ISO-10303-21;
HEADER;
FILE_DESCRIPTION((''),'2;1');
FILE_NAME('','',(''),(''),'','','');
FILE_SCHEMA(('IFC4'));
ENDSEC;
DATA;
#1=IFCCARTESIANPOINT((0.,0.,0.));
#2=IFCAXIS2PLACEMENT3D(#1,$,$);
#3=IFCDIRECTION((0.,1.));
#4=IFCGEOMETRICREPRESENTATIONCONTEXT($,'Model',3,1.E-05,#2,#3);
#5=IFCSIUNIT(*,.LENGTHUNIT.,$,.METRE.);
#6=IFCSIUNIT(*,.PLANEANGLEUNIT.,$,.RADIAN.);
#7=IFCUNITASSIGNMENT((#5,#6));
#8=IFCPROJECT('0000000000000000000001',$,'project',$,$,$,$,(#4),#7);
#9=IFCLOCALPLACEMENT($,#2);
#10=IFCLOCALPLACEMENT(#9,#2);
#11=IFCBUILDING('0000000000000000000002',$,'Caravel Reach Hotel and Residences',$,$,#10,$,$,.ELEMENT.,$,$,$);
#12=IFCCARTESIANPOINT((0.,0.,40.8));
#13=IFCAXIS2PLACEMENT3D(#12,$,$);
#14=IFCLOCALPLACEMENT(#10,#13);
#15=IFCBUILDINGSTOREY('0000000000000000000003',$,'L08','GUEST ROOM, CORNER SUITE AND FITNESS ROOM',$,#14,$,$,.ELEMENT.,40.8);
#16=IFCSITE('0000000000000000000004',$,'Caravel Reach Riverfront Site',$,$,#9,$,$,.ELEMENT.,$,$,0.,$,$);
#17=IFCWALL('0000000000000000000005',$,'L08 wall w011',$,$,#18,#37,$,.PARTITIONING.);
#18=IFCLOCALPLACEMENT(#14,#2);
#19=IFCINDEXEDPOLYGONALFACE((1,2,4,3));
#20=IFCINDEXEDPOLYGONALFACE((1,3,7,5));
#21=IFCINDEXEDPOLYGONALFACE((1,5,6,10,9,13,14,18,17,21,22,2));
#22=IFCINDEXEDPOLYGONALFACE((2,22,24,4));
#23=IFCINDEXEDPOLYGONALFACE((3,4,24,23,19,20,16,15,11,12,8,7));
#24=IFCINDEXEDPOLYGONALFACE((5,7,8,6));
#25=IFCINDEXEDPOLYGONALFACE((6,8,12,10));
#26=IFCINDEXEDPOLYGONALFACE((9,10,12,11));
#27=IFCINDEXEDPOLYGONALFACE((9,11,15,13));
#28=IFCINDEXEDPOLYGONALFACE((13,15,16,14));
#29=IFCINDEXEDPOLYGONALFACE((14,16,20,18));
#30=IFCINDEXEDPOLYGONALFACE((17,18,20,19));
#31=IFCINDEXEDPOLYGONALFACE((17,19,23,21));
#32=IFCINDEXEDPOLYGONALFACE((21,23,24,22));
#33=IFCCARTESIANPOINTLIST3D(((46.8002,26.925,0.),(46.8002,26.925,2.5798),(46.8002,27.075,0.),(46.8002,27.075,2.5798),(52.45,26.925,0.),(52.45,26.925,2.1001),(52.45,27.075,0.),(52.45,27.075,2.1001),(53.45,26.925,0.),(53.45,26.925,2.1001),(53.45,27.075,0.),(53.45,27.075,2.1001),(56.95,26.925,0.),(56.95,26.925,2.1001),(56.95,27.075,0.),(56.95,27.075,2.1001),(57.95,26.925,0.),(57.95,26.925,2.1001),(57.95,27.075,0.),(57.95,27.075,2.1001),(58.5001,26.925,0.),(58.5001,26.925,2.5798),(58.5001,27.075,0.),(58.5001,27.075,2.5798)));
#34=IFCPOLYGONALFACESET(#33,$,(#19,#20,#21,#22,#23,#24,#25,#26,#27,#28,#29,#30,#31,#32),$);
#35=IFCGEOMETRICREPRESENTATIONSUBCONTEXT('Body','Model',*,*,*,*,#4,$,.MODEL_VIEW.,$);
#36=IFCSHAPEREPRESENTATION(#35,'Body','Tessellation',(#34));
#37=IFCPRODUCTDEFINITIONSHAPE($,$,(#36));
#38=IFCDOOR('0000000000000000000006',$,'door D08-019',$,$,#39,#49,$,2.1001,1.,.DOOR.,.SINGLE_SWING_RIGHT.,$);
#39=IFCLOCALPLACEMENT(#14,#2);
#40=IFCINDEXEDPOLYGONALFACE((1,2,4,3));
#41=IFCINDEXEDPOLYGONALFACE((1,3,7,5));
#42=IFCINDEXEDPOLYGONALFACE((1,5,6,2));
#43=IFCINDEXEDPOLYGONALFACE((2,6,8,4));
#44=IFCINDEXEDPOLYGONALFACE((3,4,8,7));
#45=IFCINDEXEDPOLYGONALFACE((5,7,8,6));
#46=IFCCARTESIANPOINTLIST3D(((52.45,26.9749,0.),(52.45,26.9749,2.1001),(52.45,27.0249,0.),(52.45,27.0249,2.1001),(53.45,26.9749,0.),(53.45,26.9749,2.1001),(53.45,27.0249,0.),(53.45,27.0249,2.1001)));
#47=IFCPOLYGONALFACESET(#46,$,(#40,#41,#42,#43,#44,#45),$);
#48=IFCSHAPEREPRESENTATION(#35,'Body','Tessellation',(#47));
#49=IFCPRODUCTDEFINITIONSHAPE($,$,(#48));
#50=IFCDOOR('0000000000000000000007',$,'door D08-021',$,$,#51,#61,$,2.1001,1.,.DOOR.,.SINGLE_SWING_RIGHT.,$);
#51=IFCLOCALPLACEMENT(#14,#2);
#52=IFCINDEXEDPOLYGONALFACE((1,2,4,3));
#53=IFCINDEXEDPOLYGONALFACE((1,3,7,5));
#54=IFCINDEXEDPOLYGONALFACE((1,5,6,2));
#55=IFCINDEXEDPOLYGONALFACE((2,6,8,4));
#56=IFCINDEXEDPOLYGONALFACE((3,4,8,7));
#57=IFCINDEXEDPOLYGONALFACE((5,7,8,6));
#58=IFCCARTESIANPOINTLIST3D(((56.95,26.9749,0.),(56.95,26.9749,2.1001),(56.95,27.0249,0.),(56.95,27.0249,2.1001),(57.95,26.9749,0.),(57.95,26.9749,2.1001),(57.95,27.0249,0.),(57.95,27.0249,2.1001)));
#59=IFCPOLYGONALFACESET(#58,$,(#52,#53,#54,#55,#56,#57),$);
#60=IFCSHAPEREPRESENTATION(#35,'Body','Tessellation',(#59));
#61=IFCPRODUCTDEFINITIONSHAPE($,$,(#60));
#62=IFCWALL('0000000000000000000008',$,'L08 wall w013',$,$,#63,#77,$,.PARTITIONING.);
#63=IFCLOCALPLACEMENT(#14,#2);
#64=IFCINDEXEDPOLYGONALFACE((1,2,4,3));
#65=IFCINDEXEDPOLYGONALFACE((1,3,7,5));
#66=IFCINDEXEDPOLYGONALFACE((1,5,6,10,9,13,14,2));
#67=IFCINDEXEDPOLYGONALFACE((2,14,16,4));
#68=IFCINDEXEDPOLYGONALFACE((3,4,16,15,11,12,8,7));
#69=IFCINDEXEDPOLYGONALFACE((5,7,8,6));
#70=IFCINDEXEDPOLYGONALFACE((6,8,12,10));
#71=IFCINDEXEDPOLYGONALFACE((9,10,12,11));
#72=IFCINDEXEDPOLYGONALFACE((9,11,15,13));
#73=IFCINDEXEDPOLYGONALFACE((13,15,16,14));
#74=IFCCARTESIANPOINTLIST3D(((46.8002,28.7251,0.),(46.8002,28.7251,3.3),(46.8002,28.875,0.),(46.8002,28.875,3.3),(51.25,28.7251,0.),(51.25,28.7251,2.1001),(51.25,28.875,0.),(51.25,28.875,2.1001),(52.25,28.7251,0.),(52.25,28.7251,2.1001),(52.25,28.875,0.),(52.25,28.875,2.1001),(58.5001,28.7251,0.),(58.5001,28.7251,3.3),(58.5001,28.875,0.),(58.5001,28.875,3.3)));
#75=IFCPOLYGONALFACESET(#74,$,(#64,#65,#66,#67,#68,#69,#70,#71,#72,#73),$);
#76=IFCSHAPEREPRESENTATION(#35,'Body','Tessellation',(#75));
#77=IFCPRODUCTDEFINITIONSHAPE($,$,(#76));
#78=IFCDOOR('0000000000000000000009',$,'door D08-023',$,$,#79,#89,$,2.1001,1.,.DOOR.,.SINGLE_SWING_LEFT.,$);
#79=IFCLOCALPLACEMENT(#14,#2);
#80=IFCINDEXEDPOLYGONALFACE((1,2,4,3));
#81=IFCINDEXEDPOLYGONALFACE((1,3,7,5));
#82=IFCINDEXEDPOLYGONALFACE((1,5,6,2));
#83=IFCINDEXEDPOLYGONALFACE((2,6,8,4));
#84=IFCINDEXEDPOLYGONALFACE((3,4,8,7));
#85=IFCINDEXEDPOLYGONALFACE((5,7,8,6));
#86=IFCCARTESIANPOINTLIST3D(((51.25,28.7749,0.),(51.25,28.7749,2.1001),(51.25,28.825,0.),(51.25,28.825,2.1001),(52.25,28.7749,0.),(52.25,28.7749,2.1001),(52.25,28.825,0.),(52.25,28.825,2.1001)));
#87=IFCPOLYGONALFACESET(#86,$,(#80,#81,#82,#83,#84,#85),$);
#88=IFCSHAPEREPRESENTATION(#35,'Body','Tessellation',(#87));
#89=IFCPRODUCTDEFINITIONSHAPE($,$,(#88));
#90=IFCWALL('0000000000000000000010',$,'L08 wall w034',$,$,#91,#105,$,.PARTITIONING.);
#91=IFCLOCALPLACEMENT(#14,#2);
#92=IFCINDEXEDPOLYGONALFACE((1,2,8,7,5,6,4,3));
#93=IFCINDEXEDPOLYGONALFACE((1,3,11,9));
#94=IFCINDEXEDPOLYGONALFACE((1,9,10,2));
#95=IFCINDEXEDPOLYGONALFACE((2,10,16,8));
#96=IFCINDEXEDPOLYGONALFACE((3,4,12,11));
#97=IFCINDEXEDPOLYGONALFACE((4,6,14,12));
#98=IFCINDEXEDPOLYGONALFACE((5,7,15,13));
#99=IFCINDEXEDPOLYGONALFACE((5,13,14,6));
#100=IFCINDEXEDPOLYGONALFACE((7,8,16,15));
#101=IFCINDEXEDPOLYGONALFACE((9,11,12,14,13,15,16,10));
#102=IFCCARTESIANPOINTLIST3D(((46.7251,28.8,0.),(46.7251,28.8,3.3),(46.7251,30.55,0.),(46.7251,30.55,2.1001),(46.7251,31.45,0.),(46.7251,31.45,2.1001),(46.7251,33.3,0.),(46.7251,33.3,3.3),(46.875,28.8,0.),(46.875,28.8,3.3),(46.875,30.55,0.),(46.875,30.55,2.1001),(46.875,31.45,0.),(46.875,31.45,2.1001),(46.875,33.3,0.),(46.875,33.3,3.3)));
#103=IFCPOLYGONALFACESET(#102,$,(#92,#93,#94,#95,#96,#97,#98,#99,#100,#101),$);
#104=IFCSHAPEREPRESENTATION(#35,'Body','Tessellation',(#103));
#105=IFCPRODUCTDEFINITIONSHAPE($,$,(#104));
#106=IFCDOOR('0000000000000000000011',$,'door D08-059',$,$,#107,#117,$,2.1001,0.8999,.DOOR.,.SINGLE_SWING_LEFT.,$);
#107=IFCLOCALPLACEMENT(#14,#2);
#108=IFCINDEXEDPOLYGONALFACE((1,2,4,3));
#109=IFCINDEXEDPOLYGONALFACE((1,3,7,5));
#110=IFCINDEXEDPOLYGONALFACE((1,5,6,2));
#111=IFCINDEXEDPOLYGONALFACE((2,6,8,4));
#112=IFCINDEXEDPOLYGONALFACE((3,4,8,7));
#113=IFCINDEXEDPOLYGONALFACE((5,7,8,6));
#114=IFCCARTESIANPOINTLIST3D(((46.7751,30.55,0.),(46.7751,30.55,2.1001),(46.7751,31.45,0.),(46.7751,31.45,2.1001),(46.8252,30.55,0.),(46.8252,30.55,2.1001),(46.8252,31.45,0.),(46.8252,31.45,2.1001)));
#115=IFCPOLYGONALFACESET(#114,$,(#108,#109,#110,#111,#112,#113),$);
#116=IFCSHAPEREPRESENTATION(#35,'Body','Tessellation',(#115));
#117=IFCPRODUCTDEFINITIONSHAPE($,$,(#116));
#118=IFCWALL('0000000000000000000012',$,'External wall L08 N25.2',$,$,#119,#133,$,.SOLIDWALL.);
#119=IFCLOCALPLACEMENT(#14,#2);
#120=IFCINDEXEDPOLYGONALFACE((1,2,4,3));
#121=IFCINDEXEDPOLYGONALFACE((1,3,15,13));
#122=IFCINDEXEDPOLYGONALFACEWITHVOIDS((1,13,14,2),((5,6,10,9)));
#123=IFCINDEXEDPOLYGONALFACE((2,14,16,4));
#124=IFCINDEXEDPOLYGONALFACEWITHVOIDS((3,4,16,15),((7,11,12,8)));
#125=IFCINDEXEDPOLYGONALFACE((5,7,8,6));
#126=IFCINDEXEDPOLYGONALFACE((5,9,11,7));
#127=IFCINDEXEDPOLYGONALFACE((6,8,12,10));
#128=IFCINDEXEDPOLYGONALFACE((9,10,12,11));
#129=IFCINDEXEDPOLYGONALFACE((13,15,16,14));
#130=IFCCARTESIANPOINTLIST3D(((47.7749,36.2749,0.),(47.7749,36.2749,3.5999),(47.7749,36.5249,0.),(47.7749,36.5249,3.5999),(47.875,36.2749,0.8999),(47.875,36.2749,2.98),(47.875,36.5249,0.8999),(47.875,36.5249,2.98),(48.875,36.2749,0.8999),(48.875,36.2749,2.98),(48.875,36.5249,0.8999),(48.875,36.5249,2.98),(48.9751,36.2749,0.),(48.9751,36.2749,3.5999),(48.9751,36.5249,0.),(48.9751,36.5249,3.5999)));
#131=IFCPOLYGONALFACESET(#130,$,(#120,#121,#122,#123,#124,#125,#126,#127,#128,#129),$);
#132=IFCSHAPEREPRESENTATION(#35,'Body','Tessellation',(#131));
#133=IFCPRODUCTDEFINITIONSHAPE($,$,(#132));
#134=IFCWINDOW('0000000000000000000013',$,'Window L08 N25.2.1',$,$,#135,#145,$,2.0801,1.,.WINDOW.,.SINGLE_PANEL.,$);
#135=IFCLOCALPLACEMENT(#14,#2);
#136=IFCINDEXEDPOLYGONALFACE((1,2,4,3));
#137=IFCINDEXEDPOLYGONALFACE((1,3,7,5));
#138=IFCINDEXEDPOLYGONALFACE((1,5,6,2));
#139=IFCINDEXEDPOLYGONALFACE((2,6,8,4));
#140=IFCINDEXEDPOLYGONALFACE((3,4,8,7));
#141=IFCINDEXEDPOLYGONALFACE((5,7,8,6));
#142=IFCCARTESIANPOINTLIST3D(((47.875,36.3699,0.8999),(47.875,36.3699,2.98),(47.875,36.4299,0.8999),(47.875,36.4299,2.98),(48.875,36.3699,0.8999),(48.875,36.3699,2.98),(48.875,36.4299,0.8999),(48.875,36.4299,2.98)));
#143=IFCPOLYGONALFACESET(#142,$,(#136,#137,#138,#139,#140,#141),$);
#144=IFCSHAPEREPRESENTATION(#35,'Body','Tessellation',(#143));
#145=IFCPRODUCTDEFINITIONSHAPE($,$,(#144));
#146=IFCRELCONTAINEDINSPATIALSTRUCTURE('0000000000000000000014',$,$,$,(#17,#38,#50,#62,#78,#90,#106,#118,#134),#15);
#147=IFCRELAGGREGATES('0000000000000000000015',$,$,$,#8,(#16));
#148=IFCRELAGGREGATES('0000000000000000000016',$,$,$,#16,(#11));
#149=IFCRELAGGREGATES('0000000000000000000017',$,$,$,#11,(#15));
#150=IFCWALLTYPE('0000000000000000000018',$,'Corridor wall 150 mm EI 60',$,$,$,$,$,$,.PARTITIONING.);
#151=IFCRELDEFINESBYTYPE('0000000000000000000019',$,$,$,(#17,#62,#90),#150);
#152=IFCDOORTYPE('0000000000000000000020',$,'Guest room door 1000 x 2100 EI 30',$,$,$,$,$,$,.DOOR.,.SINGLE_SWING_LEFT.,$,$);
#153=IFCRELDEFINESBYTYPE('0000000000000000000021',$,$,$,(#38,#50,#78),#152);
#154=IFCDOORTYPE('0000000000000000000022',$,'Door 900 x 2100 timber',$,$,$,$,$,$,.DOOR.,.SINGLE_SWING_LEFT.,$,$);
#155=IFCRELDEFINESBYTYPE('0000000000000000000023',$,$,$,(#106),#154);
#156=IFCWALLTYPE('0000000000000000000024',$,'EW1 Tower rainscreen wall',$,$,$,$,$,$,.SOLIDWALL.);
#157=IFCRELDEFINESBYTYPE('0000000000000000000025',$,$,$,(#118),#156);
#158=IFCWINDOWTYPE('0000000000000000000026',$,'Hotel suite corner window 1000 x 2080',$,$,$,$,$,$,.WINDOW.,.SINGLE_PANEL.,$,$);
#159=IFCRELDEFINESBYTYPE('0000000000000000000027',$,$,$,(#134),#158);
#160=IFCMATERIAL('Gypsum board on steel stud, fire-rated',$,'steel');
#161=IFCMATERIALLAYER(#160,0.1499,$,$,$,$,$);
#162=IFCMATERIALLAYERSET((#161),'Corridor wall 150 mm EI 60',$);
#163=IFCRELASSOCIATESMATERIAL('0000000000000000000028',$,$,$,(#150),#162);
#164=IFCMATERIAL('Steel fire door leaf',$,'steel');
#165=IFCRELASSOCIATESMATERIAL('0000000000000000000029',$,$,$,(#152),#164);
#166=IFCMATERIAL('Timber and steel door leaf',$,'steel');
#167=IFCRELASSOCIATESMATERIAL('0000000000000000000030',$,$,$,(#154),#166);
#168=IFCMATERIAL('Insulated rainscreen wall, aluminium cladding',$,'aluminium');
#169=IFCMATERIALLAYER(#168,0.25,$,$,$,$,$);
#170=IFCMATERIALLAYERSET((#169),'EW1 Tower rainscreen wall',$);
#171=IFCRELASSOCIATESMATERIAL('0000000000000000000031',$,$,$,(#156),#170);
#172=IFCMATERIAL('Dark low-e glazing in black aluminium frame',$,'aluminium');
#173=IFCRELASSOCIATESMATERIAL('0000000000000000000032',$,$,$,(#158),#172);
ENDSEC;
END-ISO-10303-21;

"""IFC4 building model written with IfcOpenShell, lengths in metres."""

from ifc_helpers import new_model, si_unit, direction, frame, frame_2d, origin, place, context, subcontext, project, spatial, rectangle, extrude, material, layer, layer_set, type_object, element, fill, save


model = new_model("IFC4")

# Units and contexts
model_context = context("Model", 3, precision=1e-05, world=origin(), true_north=direction((0.0, 1.0)))
body_context = subcontext(model_context, "Body", "Model", "MODEL_VIEW")
ifc_project = project(units=[si_unit("LENGTHUNIT", "METRE"), si_unit("PLANEANGLEUNIT", "RADIAN")], contexts=[model_context])

# Site, building, storey
site_placement = place(None, origin())
site = spatial("IfcSite", under=ifc_project, at=site_placement, Name="Caravel Reach Riverfront Site", CompositionType="ELEMENT", RefElevation=0.0)
building_placement = place(site_placement, origin())
building = spatial("IfcBuilding", under=site, at=building_placement, Name="Caravel Reach Hotel and Residences", CompositionType="ELEMENT")
storey_placement = place(building_placement, frame((0.0, 0.0, 40.8)))
storey = spatial("IfcBuildingStorey", under=building, at=storey_placement, Name="L08", Description="GUEST ROOM, CORNER SUITE AND FITNESS ROOM", CompositionType="ELEMENT", Elevation=40.8)

# Wall, openings, doors
ifc_material_1 = material(Name="Gypsum board on steel stud, fire-rated", Category="steel")
ifc_layer_1 = layer(ifc_material_1, 0.1499)
ifc_layer_set_1 = layer_set([ifc_layer_1], Name="Corridor wall 150 mm EI 60")
wall_type_1 = type_object("IfcWallType", Name="Corridor wall 150 mm EI 60", PredefinedType="PARTITIONING", material=ifc_layer_set_1)
wall_1_placement = place(storey_placement, frame((46.8, 27.0, 0.0), z_axis=(0.0, 0.0, 1.0), x_axis=(1.0, 0.0, 0.0)))
wall_1 = element("IfcWall", 1, at=wall_1_placement, inside=storey, type_object=wall_type_1, Name="L08 wall w011", PredefinedType="PARTITIONING", context=body_context, shape_type="SweptSolid", body=[
    extrude(rectangle(XDim=11.7, YDim=0.1499, at=frame_2d((5.8501, 0.0))), origin(), (0.0, 0.0, 1.0), 2.5798),
])
opening_1_placement = place(wall_1_placement, frame((5.6499, 0.0, 0.0)))
opening_1 = element("IfcOpeningElement", 2, at=opening_1_placement, cuts=wall_1, PredefinedType="OPENING", context=body_context, shape_type="SweptSolid", body=[
    extrude(rectangle(XDim=1.0, YDim=2.1001, at=frame_2d((0.5, 1.05))), frame((0.0, 0.085, 0.0), z_axis=(0.0, -1.0, 0.0), x_axis=(1.0, 0.0, 0.0)), (0.0, 0.0, 1.0), 0.1699),
])
opening_2_placement = place(wall_1_placement, frame((10.1499, 0.0, 0.0)))
opening_2 = element("IfcOpeningElement", 3, at=opening_2_placement, cuts=wall_1, PredefinedType="OPENING", context=body_context, shape_type="SweptSolid", body=[
    extrude(rectangle(XDim=1.0, YDim=2.1001, at=frame_2d((0.5, 1.05))), frame((0.0, 0.085, 0.0), z_axis=(0.0, -1.0, 0.0), x_axis=(1.0, 0.0, 0.0)), (0.0, 0.0, 1.0), 0.1699),
])
ifc_material_2 = material(Name="Steel fire door leaf", Category="steel")
door_type_1 = type_object("IfcDoorType", Name="Guest room door 1000 x 2100 EI 30", OperationType="SINGLE_SWING_LEFT", PredefinedType="DOOR", material=ifc_material_2)
door_1_placement = place(opening_1_placement, origin())
door_1 = element("IfcDoor", 4, at=door_1_placement, inside=storey, type_object=door_type_1, Name="door D08-019", OperationType="SINGLE_SWING_RIGHT", OverallHeight=2.1001, OverallWidth=1.0, PredefinedType="DOOR", context=body_context, shape_type="SweptSolid", body=[
    extrude(rectangle(XDim=1.0, YDim=2.1001, at=frame_2d((0.5, 1.05))), frame((0.0, 0.0249, 0.0), z_axis=(0.0, -1.0, 0.0), x_axis=(1.0, 0.0, 0.0)), (0.0, 0.0, 1.0), 0.05),
])
fill(opening_1, door_1)
door_2_placement = place(opening_2_placement, origin())
door_2 = element("IfcDoor", 5, at=door_2_placement, inside=storey, type_object=door_type_1, Name="door D08-021", OperationType="SINGLE_SWING_RIGHT", OverallHeight=2.1001, OverallWidth=1.0, PredefinedType="DOOR", context=body_context, shape_type="SweptSolid", body=[
    extrude(rectangle(XDim=1.0, YDim=2.1001, at=frame_2d((0.5, 1.05))), frame((0.0, 0.0249, 0.0), z_axis=(0.0, -1.0, 0.0), x_axis=(1.0, 0.0, 0.0)), (0.0, 0.0, 1.0), 0.05),
])
fill(opening_2, door_2)

# Walls, openings, doors
wall_2_placement = place(storey_placement, frame((46.8, 28.8, 0.0), z_axis=(0.0, 0.0, 1.0), x_axis=(1.0, 0.0, 0.0)))
wall_2 = element("IfcWall", 6, at=wall_2_placement, inside=storey, type_object=wall_type_1, Name="L08 wall w013", PredefinedType="PARTITIONING", context=body_context, shape_type="SweptSolid", body=[
    extrude(rectangle(XDim=11.7, YDim=0.1499, at=frame_2d((5.8501, 0.0))), origin(), (0.0, 0.0, 1.0), 3.3),
])
opening_3_placement = place(wall_2_placement, frame((4.45, 0.0, 0.0)))
opening_3 = element("IfcOpeningElement", 7, at=opening_3_placement, cuts=wall_2, PredefinedType="OPENING", context=body_context, shape_type="SweptSolid", body=[
    extrude(rectangle(XDim=1.0, YDim=2.1001, at=frame_2d((0.5, 1.05))), frame((0.0, 0.085, 0.0), z_axis=(0.0, -1.0, 0.0), x_axis=(1.0, 0.0, 0.0)), (0.0, 0.0, 1.0), 0.1699),
])
door_3_placement = place(opening_3_placement, origin())
door_3 = element("IfcDoor", 8, at=door_3_placement, inside=storey, type_object=door_type_1, Name="door D08-023", OperationType="SINGLE_SWING_LEFT", OverallHeight=2.1001, OverallWidth=1.0, PredefinedType="DOOR", context=body_context, shape_type="SweptSolid", body=[
    extrude(rectangle(XDim=1.0, YDim=2.1001, at=frame_2d((0.5, 1.05))), frame((0.0, 0.0249, 0.0), z_axis=(0.0, -1.0, 0.0), x_axis=(1.0, 0.0, 0.0)), (0.0, 0.0, 1.0), 0.05),
])
fill(opening_3, door_3)
wall_3_placement = place(storey_placement, frame((46.8, 28.8, 0.0), z_axis=(0.0, 0.0, 1.0), x_axis=(0.0, 1.0, 0.0)))
wall_3 = element("IfcWall", 9, at=wall_3_placement, inside=storey, type_object=wall_type_1, Name="L08 wall w034", PredefinedType="PARTITIONING", context=body_context, shape_type="SweptSolid", body=[
    extrude(rectangle(XDim=4.5, YDim=0.1499, at=frame_2d((2.25, 0.0))), origin(), (0.0, 0.0, 1.0), 3.3),
])
opening_4_placement = place(wall_3_placement, frame((1.75, 0.0, 0.0)))
opening_4 = element("IfcOpeningElement", 10, at=opening_4_placement, cuts=wall_3, PredefinedType="OPENING", context=body_context, shape_type="SweptSolid", body=[
    extrude(rectangle(XDim=0.8999, YDim=2.1001, at=frame_2d((0.45, 1.05))), frame((0.0, 0.085, 0.0), z_axis=(0.0, -1.0, 0.0), x_axis=(1.0, 0.0, 0.0)), (0.0, 0.0, 1.0), 0.1699),
])
ifc_material_3 = material(Name="Timber and steel door leaf", Category="steel")
door_type_2 = type_object("IfcDoorType", Name="Door 900 x 2100 timber", OperationType="SINGLE_SWING_LEFT", PredefinedType="DOOR", material=ifc_material_3)
door_4_placement = place(opening_4_placement, origin())
door_4 = element("IfcDoor", 11, at=door_4_placement, inside=storey, type_object=door_type_2, Name="door D08-059", OperationType="SINGLE_SWING_LEFT", OverallHeight=2.1001, OverallWidth=0.8999, PredefinedType="DOOR", context=body_context, shape_type="SweptSolid", body=[
    extrude(rectangle(XDim=0.8999, YDim=2.1001, at=frame_2d((0.45, 1.05))), frame((0.0, 0.0249, 0.0), z_axis=(0.0, -1.0, 0.0), x_axis=(1.0, 0.0, 0.0)), (0.0, 0.0, 1.0), 0.05),
])
fill(opening_4, door_4)

# Wall, opening, window
ifc_material_4 = material(Name="Insulated rainscreen wall, aluminium cladding", Category="aluminium")
ifc_layer_2 = layer(ifc_material_4, 0.25)
ifc_layer_set_2 = layer_set([ifc_layer_2], Name="EW1 Tower rainscreen wall")
wall_type_2 = type_object("IfcWallType", Name="EW1 Tower rainscreen wall", PredefinedType="SOLIDWALL", material=ifc_layer_set_2)
wall_4_placement = place(storey_placement, frame((48.9751, 36.3999, 0.0), z_axis=(0.0, 0.0, 1.0), x_axis=(-1.0, 0.0, 0.0)))
wall_4 = element("IfcWall", 12, at=wall_4_placement, inside=storey, type_object=wall_type_2, Name="External wall L08 N25.2", PredefinedType="SOLIDWALL", context=body_context, shape_type="SweptSolid", body=[
    extrude(rectangle(XDim=1.2002, YDim=0.25, at=frame_2d((0.6001, 0.0))), origin(), (0.0, 0.0, 1.0), 3.5999),
])
opening_5_placement = place(wall_4_placement, frame((0.1001, 0.0, 0.8999)))
opening_5 = element("IfcOpeningElement", 13, at=opening_5_placement, cuts=wall_4, PredefinedType="OPENING", context=body_context, shape_type="SweptSolid", body=[
    extrude(rectangle(XDim=1.0, YDim=2.0801, at=frame_2d((0.5, 1.04))), frame((0.0, 0.135, 0.0), z_axis=(0.0, -1.0, 0.0), x_axis=(1.0, 0.0, 0.0)), (0.0, 0.0, 1.0), 0.27),
])
ifc_material_5 = material(Name="Dark low-e glazing in black aluminium frame", Category="aluminium")
window_type = type_object("IfcWindowType", Name="Hotel suite corner window 1000 x 2080", PartitioningType="SINGLE_PANEL", PredefinedType="WINDOW", material=ifc_material_5)
window_1_placement = place(opening_5_placement, origin())
window_1 = element("IfcWindow", 14, at=window_1_placement, inside=storey, type_object=window_type, Name="Window L08 N25.2.1", OverallHeight=2.0801, OverallWidth=1.0, PartitioningType="SINGLE_PANEL", PredefinedType="WINDOW", context=body_context, shape_type="SweptSolid", body=[
    extrude(rectangle(XDim=1.0, YDim=2.0801, at=frame_2d((0.5, 1.04))), frame((0.0, 0.03, 0.0), z_axis=(0.0, -1.0, 0.0), x_axis=(1.0, 0.0, 0.0)), (0.0, 0.0, 1.0), 0.0601),
])
fill(opening_5, window_1)

save(model, "model.ifc")
